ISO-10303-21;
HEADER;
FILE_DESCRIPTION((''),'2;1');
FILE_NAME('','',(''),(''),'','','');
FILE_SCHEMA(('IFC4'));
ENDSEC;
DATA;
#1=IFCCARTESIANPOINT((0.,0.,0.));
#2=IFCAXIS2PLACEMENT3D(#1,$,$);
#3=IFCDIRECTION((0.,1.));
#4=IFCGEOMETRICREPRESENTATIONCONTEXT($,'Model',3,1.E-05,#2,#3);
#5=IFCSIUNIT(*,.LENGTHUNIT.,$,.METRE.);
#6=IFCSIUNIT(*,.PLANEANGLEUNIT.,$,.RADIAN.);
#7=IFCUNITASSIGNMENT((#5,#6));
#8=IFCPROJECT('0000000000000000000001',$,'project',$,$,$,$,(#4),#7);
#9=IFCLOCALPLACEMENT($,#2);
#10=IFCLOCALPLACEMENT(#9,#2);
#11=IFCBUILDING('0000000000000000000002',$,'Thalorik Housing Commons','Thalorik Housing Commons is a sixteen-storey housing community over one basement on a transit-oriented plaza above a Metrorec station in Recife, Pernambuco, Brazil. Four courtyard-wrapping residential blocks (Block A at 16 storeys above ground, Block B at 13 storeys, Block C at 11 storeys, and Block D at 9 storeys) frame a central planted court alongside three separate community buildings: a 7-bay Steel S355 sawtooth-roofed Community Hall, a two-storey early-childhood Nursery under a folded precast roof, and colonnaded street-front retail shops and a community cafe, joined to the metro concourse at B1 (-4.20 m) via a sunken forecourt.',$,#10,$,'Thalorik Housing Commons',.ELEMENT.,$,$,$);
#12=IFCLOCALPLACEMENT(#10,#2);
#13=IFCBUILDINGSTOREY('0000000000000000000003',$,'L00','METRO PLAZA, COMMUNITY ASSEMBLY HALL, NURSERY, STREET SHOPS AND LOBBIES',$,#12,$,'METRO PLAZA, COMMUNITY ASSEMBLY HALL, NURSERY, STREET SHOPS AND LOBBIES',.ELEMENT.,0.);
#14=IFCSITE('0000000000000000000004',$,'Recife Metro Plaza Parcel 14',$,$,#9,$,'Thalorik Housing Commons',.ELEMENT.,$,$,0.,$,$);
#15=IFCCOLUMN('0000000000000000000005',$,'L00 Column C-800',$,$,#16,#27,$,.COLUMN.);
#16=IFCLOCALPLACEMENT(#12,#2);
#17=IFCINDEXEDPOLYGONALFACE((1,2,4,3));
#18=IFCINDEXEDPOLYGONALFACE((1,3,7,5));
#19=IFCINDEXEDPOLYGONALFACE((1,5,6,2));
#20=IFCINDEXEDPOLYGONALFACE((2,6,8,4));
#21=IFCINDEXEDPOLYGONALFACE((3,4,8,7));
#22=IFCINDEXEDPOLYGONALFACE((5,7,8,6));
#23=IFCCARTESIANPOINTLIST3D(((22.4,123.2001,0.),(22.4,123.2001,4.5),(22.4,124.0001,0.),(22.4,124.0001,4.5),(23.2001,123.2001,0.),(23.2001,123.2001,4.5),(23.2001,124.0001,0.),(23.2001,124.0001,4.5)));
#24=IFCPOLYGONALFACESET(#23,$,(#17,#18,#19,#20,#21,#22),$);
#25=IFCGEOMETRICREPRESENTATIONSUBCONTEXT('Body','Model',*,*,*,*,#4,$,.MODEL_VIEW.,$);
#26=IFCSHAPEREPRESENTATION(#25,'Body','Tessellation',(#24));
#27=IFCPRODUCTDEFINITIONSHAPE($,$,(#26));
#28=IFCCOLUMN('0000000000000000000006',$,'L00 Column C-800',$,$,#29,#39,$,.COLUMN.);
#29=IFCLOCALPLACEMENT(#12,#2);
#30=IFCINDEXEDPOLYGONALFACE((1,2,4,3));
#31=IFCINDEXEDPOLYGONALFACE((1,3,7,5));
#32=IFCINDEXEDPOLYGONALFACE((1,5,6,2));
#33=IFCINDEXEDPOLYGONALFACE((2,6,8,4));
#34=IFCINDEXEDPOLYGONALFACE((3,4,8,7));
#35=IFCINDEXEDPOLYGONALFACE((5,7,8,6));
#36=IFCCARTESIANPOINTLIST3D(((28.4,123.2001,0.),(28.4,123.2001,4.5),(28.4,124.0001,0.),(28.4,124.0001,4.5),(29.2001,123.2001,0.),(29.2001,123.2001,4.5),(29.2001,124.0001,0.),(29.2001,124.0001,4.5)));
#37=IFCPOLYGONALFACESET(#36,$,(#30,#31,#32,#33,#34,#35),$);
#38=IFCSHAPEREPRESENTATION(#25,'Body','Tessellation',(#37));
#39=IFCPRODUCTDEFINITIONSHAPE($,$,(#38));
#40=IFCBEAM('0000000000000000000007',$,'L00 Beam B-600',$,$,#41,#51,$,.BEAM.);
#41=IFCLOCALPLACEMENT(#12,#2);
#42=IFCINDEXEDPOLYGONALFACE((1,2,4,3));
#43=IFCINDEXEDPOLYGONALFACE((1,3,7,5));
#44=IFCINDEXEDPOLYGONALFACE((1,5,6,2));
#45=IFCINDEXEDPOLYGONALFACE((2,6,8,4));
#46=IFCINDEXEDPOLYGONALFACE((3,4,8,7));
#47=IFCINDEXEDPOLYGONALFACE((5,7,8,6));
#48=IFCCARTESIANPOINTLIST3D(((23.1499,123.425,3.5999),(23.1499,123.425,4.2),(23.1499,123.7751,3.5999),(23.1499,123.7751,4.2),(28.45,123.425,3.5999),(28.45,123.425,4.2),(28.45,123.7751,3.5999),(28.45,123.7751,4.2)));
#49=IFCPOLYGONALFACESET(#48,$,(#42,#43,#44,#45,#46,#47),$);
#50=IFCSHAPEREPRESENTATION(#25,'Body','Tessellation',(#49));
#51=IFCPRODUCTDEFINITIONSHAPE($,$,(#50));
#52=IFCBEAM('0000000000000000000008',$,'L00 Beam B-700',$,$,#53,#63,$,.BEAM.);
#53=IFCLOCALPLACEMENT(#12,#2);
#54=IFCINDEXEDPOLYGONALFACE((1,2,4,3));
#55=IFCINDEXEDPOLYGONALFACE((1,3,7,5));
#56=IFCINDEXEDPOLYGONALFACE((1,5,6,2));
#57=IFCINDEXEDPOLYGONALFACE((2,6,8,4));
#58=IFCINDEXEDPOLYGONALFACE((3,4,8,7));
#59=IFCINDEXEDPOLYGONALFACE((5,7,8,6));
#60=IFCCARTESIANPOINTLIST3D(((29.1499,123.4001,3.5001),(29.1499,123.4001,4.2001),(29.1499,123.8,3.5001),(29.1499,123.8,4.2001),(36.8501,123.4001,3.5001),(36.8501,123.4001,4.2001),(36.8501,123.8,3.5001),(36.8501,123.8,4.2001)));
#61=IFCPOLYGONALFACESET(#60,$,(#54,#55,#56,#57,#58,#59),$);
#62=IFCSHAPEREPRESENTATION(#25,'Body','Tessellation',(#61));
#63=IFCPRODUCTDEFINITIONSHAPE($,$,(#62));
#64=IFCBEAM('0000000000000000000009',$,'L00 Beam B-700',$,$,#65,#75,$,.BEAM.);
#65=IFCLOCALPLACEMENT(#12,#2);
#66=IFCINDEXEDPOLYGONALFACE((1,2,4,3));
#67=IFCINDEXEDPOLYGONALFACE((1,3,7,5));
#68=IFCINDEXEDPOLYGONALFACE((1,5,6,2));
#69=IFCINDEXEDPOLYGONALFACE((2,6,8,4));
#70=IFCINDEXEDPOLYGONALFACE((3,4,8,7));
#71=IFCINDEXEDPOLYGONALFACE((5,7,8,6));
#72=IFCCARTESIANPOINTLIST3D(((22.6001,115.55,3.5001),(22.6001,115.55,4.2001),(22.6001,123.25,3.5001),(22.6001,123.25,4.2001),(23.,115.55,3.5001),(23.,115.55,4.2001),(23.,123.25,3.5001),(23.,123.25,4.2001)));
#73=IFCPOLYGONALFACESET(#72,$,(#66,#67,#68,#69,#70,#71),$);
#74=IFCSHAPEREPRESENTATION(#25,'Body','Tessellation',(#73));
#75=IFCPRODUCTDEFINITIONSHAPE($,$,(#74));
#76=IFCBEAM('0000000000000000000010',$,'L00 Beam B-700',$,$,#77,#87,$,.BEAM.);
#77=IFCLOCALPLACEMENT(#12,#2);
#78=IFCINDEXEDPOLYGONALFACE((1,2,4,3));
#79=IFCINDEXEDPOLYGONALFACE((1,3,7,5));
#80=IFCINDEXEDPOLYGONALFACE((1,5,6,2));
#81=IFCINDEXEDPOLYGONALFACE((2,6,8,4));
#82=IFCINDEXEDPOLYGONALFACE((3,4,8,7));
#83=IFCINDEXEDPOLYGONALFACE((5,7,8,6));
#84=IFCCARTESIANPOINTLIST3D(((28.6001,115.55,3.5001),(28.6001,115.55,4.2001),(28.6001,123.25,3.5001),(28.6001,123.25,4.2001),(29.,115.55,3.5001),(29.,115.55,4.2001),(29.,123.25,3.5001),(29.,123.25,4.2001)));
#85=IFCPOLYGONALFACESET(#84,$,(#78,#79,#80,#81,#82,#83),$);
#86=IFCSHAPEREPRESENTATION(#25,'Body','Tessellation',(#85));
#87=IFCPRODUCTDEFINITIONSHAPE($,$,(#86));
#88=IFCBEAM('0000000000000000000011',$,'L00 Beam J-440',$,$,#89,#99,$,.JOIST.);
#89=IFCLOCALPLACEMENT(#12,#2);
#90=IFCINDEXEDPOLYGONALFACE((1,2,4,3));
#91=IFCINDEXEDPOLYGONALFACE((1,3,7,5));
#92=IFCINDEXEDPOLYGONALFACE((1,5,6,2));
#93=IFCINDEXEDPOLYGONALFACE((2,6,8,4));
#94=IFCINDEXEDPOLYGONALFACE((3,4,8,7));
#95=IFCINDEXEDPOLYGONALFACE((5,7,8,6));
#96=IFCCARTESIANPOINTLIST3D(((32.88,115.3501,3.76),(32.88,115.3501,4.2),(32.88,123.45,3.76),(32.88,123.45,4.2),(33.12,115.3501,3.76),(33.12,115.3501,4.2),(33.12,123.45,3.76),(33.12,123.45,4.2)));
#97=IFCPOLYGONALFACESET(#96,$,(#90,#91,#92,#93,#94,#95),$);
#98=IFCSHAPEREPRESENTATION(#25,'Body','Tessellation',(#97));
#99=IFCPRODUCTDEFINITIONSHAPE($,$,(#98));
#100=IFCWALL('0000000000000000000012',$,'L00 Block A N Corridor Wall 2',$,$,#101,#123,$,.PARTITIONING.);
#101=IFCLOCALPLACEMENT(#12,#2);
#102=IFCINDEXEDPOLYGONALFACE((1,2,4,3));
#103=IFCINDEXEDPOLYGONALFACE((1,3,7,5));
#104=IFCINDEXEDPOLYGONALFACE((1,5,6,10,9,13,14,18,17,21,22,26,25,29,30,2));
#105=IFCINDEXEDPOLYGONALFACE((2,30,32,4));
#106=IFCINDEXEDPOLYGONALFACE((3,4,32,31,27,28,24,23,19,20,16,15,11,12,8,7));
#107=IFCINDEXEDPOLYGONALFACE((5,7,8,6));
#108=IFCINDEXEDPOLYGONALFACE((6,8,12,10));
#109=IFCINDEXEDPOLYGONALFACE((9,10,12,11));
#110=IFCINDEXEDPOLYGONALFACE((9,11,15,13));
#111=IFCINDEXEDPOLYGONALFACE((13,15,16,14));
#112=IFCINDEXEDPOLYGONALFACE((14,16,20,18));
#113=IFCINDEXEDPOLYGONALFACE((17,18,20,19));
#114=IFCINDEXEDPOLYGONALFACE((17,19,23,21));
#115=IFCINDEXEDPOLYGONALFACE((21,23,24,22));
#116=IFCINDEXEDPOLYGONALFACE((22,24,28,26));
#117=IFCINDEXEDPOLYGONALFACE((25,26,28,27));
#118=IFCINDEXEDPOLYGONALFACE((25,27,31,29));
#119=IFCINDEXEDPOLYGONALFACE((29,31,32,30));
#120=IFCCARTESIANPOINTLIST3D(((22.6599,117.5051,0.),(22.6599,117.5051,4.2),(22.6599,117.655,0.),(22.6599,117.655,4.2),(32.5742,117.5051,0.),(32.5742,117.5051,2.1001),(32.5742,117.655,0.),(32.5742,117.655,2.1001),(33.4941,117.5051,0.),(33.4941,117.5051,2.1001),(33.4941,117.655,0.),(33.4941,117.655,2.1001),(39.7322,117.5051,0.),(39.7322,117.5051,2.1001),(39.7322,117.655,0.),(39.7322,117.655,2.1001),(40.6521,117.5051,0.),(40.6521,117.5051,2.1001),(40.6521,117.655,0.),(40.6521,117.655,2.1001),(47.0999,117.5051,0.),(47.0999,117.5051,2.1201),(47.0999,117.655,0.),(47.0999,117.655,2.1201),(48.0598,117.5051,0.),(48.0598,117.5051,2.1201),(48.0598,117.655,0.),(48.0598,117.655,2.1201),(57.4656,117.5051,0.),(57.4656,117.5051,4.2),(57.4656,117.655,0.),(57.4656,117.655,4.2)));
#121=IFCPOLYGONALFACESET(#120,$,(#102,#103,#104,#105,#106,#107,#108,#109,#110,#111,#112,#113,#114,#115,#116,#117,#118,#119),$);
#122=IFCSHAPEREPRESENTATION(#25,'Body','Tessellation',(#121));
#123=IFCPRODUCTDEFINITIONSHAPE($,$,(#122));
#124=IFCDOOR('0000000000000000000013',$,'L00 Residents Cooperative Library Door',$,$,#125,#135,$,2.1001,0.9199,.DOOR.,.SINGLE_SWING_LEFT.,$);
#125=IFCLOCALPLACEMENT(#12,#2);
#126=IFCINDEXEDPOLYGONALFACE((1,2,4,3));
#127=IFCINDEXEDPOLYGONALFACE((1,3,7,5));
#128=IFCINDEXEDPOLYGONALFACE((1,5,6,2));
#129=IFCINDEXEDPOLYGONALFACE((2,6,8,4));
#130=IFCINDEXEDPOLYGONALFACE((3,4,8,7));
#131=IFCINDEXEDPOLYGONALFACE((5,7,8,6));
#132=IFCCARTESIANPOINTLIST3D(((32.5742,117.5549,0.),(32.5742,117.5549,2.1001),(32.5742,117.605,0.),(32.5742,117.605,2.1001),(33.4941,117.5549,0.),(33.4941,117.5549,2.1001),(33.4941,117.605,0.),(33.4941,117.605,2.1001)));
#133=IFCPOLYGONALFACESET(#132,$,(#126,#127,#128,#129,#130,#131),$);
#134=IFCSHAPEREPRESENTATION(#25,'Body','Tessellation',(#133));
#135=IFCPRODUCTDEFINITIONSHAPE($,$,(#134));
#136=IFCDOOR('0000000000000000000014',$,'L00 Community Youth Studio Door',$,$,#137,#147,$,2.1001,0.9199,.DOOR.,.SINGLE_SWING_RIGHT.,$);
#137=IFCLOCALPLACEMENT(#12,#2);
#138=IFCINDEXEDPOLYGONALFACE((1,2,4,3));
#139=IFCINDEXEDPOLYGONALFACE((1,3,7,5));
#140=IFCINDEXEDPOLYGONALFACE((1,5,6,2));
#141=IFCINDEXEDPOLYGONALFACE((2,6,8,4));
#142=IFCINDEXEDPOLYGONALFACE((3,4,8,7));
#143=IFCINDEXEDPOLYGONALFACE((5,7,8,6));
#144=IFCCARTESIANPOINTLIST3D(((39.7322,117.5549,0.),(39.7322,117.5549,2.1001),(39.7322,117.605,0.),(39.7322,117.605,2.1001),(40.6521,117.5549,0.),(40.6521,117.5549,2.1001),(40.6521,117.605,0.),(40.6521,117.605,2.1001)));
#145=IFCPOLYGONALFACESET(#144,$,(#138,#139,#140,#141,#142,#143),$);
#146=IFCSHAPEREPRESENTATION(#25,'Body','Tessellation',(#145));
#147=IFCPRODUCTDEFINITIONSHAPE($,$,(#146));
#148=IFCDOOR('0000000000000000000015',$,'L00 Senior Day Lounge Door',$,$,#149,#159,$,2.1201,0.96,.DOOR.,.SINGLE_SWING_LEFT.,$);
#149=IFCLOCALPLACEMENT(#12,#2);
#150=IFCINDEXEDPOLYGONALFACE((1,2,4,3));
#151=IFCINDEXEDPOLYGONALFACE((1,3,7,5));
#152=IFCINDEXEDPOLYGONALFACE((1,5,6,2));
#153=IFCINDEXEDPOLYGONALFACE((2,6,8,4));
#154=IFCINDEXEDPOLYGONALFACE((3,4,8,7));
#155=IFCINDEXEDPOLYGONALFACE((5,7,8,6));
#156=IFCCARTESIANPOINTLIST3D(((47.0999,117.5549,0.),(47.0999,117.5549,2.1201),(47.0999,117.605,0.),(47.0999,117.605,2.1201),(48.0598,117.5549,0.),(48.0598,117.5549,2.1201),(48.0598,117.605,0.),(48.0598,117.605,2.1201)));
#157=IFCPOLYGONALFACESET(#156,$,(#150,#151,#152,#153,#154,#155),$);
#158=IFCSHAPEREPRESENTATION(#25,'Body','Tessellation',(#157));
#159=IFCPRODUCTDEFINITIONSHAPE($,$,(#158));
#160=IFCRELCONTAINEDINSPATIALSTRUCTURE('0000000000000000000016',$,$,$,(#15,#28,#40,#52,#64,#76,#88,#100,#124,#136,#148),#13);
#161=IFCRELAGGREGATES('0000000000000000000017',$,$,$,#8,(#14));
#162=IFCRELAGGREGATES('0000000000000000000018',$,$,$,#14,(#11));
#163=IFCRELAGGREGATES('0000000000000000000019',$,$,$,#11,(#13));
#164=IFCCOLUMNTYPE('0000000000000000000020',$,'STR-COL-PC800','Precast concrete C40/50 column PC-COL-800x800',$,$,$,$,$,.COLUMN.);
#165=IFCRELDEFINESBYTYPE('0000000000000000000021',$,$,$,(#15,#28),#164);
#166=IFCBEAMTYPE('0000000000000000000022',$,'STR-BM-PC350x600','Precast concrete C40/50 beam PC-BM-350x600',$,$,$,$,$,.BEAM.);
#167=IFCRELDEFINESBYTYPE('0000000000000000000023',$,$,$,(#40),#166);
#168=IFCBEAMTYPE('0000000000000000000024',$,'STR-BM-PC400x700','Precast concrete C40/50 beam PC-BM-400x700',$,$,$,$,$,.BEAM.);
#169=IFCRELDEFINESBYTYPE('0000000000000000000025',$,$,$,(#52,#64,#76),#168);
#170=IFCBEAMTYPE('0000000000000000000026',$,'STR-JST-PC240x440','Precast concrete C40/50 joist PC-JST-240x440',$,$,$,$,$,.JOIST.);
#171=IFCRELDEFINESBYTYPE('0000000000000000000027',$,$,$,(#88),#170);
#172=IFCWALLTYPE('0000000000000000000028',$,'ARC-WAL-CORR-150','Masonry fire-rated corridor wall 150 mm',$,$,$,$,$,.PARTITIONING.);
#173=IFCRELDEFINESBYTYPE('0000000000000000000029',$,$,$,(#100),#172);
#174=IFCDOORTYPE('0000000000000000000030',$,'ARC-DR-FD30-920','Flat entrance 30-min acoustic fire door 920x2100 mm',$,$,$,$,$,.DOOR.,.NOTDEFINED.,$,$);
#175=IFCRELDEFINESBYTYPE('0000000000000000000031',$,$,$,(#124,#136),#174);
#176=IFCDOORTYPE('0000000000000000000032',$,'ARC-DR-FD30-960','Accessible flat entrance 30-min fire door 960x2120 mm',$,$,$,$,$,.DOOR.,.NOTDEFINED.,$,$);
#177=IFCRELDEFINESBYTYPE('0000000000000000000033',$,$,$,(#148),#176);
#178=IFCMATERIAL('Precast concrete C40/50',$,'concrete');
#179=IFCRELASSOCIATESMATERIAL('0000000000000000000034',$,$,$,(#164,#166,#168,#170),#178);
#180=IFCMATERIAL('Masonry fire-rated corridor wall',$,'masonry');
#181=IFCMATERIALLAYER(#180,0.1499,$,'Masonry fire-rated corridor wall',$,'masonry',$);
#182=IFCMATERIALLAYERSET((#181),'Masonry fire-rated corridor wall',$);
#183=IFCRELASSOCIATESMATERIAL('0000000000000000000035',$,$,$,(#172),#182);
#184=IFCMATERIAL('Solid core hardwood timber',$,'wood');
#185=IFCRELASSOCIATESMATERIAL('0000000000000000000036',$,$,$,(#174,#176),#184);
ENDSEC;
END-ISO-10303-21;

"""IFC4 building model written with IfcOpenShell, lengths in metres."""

from ifc_helpers import new_model, si_unit, direction, frame, frame_2d, origin, origin_2d, place, context, subcontext, project, spatial, rectangle, extrude, material, layer, layer_set, material_profile, profile_set, type_object, element, fill, save


model = new_model("IFC4")

# Units and contexts
model_context = context("Model", 3, precision=1e-05, world=origin(), true_north=direction((0.0, 1.0)))
body_context = subcontext(model_context, "Body", "Model", "MODEL_VIEW")
ifc_project = project(units=[si_unit("LENGTHUNIT", "METRE"), si_unit("PLANEANGLEUNIT", "RADIAN")], contexts=[model_context])

# Site, building, storey
site_placement = place(None, origin())
site = spatial("IfcSite", under=ifc_project, at=site_placement, Name="Recife Metro Plaza Parcel 14", LongName="Thalorik Housing Commons", CompositionType="ELEMENT", RefElevation=0.0)
building_placement = place(site_placement, origin())
building = spatial("IfcBuilding", under=site, at=building_placement, Name="Thalorik Housing Commons", Description="Thalorik Housing Commons is a sixteen-storey housing community over one basement on a transit-oriented plaza above a Metrorec station in Recife, Pernambuco, Brazil. Four courtyard-wrapping residential blocks (Block A at 16 storeys above ground, Block B at 13 storeys, Block C at 11 storeys, and Block D at 9 storeys) frame a central planted court alongside three separate community buildings: a 7-bay Steel S355 sawtooth-roofed Community Hall, a two-storey early-childhood Nursery under a folded precast roof, and colonnaded street-front retail shops and a community cafe, joined to the metro concourse at B1 (-4.20 m) via a sunken forecourt.", LongName="Thalorik Housing Commons", CompositionType="ELEMENT")
storey_placement = place(building_placement, origin())
storey = spatial("IfcBuildingStorey", under=building, at=storey_placement, Name="L00", Description="METRO PLAZA, COMMUNITY ASSEMBLY HALL, NURSERY, STREET SHOPS AND LOBBIES", LongName="METRO PLAZA, COMMUNITY ASSEMBLY HALL, NURSERY, STREET SHOPS AND LOBBIES", CompositionType="ELEMENT", Elevation=0.0)

# Columns
ifc_material_1 = material(Name="Precast concrete C40/50", Category="concrete")
ifc_material_profile_1 = material_profile(ifc_material_1, rectangle(XDim=0.8, YDim=0.8, at=origin_2d()), Name="PC 800x800", Category="concrete")
ifc_profile_set_1 = profile_set([ifc_material_profile_1], Name="Precast concrete C40/50")
column_type = type_object("IfcColumnType", Name="STR-COL-PC800", Description="Precast concrete C40/50 column PC-COL-800x800", PredefinedType="COLUMN", material=ifc_profile_set_1)
for number, where, z_axis, x_axis, name in (
    (1, (22.8, 123.6001, 0.0), (0.0, 0.0, 1.0), (1.0, 0.0, 0.0), "L00 Column C-800"),
    (2, (28.8, 123.6001, 0.0), (0.0, 0.0, 1.0), (1.0, 0.0, 0.0), "L00 Column C-800"),
):
    element("IfcColumn", number, at=place(storey_placement, frame(where, z_axis=z_axis, x_axis=x_axis)), inside=storey, type_object=column_type, Name=name, PredefinedType="COLUMN", context=body_context, shape_type="SweptSolid", body=[
        extrude(rectangle(XDim=0.8, YDim=0.8, at=origin_2d()), origin(), (0.0, 0.0, 1.0), 4.5),
    ])

# Beams
ifc_material_profile_2 = material_profile(ifc_material_1, rectangle(XDim=0.3501, YDim=0.6001, at=origin_2d()), Name="PC 350x600", Category="concrete")
ifc_profile_set_2 = profile_set([ifc_material_profile_2], Name="Precast concrete C40/50")
beam_type_1 = type_object("IfcBeamType", Name="STR-BM-PC350x600", Description="Precast concrete C40/50 beam PC-BM-350x600", PredefinedType="BEAM", material=ifc_profile_set_2)
beam_1_placement = place(storey_placement, frame((23.1499, 123.6001, 3.8999), z_axis=(1.0, 0.0, 0.0), x_axis=(0.0, 1.0, 0.0)))
element("IfcBeam", 3, at=beam_1_placement, inside=storey, type_object=beam_type_1, Name="L00 Beam B-600", PredefinedType="BEAM", context=body_context, shape_type="SweptSolid", body=[
    extrude(rectangle(XDim=0.3501, YDim=0.6001, at=origin_2d()), origin(), (0.0, 0.0, 1.0), 5.3),
])
ifc_material_profile_3 = material_profile(ifc_material_1, rectangle(XDim=0.3999, YDim=0.7, at=origin_2d()), Name="PC 400x700", Category="concrete")
ifc_profile_set_3 = profile_set([ifc_material_profile_3], Name="Precast concrete C40/50")
beam_type_2 = type_object("IfcBeamType", Name="STR-BM-PC400x700", Description="Precast concrete C40/50 beam PC-BM-400x700", PredefinedType="BEAM", material=ifc_profile_set_3)
beam_2_placement = place(storey_placement, frame((29.1499, 123.6001, 3.8501), z_axis=(1.0, 0.0, 0.0), x_axis=(0.0, 1.0, 0.0)))
element("IfcBeam", 4, at=beam_2_placement, inside=storey, type_object=beam_type_2, Name="L00 Beam B-700", PredefinedType="BEAM", context=body_context, shape_type="SweptSolid", body=[
    extrude(rectangle(XDim=0.3999, YDim=0.7, at=origin_2d()), origin(), (0.0, 0.0, 1.0), 7.7002),
])
for number, where, z_axis, x_axis, name in (
    (5, (22.8, 115.55, 3.8501), (0.0, 1.0, 0.0), (-1.0, 0.0, 0.0), "L00 Beam B-700"),
    (6, (28.8, 115.55, 3.8501), (0.0, 1.0, 0.0), (-1.0, 0.0, 0.0), "L00 Beam B-700"),
):
    element("IfcBeam", number, at=place(storey_placement, frame(where, z_axis=z_axis, x_axis=x_axis)), inside=storey, type_object=beam_type_2, Name=name, PredefinedType="BEAM", context=body_context, shape_type="SweptSolid", body=[
        extrude(rectangle(XDim=0.3999, YDim=0.7, at=origin_2d()), origin(), (0.0, 0.0, 1.0), 7.7),
    ])
ifc_material_profile_4 = material_profile(ifc_material_1, rectangle(XDim=0.24, YDim=0.4399, at=origin_2d()), Name="PC JST 240x440", Category="concrete")
ifc_profile_set_4 = profile_set([ifc_material_profile_4], Name="Precast concrete C40/50")
beam_type_3 = type_object("IfcBeamType", Name="STR-JST-PC240x440", Description="Precast concrete C40/50 joist PC-JST-240x440", PredefinedType="JOIST", material=ifc_profile_set_4)
beam_3_placement = place(storey_placement, frame((33.0, 115.3501, 3.98), z_axis=(0.0, 1.0, 0.0), x_axis=(-1.0, 0.0, 0.0)))
element("IfcBeam", 7, at=beam_3_placement, inside=storey, type_object=beam_type_3, Name="L00 Beam J-440", PredefinedType="JOIST", context=body_context, shape_type="SweptSolid", body=[
    extrude(rectangle(XDim=0.24, YDim=0.4399, at=origin_2d()), origin(), (0.0, 0.0, 1.0), 8.0999),
])

# Wall, openings, doors
ifc_material_2 = material(Name="Masonry fire-rated corridor wall", Category="masonry")
ifc_layer_1 = layer(ifc_material_2, 0.1499, Name="Masonry fire-rated corridor wall", Category="masonry")
ifc_layer_set_1 = layer_set([ifc_layer_1], Name="Masonry fire-rated corridor wall")
wall_type_1 = type_object("IfcWallType", Name="ARC-WAL-CORR-150", Description="Masonry fire-rated corridor wall 150 mm", PredefinedType="PARTITIONING", material=ifc_layer_set_1)
wall_1_placement = place(storey_placement, frame((22.6599, 117.5801, 0.0), z_axis=(0.0, 0.0, 1.0), x_axis=(1.0, 0.0, 0.0)))
wall_1 = element("IfcWall", 8, at=wall_1_placement, inside=storey, type_object=wall_type_1, Name="L00 Block A N Corridor Wall 2", PredefinedType="PARTITIONING", context=body_context, shape_type="SweptSolid", body=[
    extrude(rectangle(XDim=34.8057, YDim=0.1499, at=frame_2d((17.4028, 0.0))), origin(), (0.0, 0.0, 1.0), 4.2),
])
opening_1_placement = place(wall_1_placement, frame((9.9143, 0.0, 0.0)))
opening_1 = element("IfcOpeningElement", 9, at=opening_1_placement, cuts=wall_1, PredefinedType="OPENING", context=body_context, shape_type="SweptSolid", body=[
    extrude(rectangle(XDim=0.9199, YDim=2.1001, at=frame_2d((0.46, 1.05))), frame((0.0, 0.085, 0.0), z_axis=(0.0, -1.0, 0.0), x_axis=(1.0, 0.0, 0.0)), (0.0, 0.0, 1.0), 0.1699),
])
opening_2_placement = place(wall_1_placement, frame((17.0723, 0.0, 0.0)))
opening_2 = element("IfcOpeningElement", 10, at=opening_2_placement, cuts=wall_1, PredefinedType="OPENING", context=body_context, shape_type="SweptSolid", body=[
    extrude(rectangle(XDim=0.9199, YDim=2.1001, at=frame_2d((0.46, 1.05))), frame((0.0, 0.085, 0.0), z_axis=(0.0, -1.0, 0.0), x_axis=(1.0, 0.0, 0.0)), (0.0, 0.0, 1.0), 0.1699),
])
opening_3_placement = place(wall_1_placement, frame((24.4399, 0.0, 0.0)))
opening_3 = element("IfcOpeningElement", 11, at=opening_3_placement, cuts=wall_1, PredefinedType="OPENING", context=body_context, shape_type="SweptSolid", body=[
    extrude(rectangle(XDim=0.96, YDim=2.1201, at=frame_2d((0.48, 1.0601))), frame((0.0, 0.085, 0.0), z_axis=(0.0, -1.0, 0.0), x_axis=(1.0, 0.0, 0.0)), (0.0, 0.0, 1.0), 0.1699),
])
ifc_material_3 = material(Name="Solid core hardwood timber", Category="wood")
door_type_1 = type_object("IfcDoorType", Name="ARC-DR-FD30-920", Description="Flat entrance 30-min acoustic fire door 920x2100 mm", OperationType="NOTDEFINED", PredefinedType="DOOR", material=ifc_material_3)
door_1_placement = place(opening_1_placement, origin())
door_1 = element("IfcDoor", 12, at=door_1_placement, inside=storey, type_object=door_type_1, Name="L00 Residents Cooperative Library Door", OperationType="SINGLE_SWING_LEFT", OverallHeight=2.1001, OverallWidth=0.9199, PredefinedType="DOOR", context=body_context, shape_type="SweptSolid", body=[
    extrude(rectangle(XDim=0.9199, YDim=2.1001, at=frame_2d((0.46, 1.05))), frame((0.0, 0.0249, 0.0), z_axis=(0.0, -1.0, 0.0), x_axis=(1.0, 0.0, 0.0)), (0.0, 0.0, 1.0), 0.05),
])
fill(opening_1, door_1)
door_2_placement = place(opening_2_placement, origin())
door_2 = element("IfcDoor", 13, at=door_2_placement, inside=storey, type_object=door_type_1, Name="L00 Community Youth Studio Door", OperationType="SINGLE_SWING_RIGHT", OverallHeight=2.1001, OverallWidth=0.9199, PredefinedType="DOOR", context=body_context, shape_type="SweptSolid", body=[
    extrude(rectangle(XDim=0.9199, YDim=2.1001, at=frame_2d((0.46, 1.05))), frame((0.0, 0.0249, 0.0), z_axis=(0.0, -1.0, 0.0), x_axis=(1.0, 0.0, 0.0)), (0.0, 0.0, 1.0), 0.05),
])
fill(opening_2, door_2)
door_type_2 = type_object("IfcDoorType", Name="ARC-DR-FD30-960", Description="Accessible flat entrance 30-min fire door 960x2120 mm", OperationType="NOTDEFINED", PredefinedType="DOOR", material=ifc_material_3)
door_3_placement = place(opening_3_placement, origin())
door_3 = element("IfcDoor", 14, at=door_3_placement, inside=storey, type_object=door_type_2, Name="L00 Senior Day Lounge Door", OperationType="SINGLE_SWING_LEFT", OverallHeight=2.1201, OverallWidth=0.96, PredefinedType="DOOR", context=body_context, shape_type="SweptSolid", body=[
    extrude(rectangle(XDim=0.96, YDim=2.1201, at=frame_2d((0.48, 1.0601))), frame((0.0, 0.0249, 0.0), z_axis=(0.0, -1.0, 0.0), x_axis=(1.0, 0.0, 0.0)), (0.0, 0.0, 1.0), 0.05),
])
fill(opening_3, door_3)

save(model, "model.ifc")
